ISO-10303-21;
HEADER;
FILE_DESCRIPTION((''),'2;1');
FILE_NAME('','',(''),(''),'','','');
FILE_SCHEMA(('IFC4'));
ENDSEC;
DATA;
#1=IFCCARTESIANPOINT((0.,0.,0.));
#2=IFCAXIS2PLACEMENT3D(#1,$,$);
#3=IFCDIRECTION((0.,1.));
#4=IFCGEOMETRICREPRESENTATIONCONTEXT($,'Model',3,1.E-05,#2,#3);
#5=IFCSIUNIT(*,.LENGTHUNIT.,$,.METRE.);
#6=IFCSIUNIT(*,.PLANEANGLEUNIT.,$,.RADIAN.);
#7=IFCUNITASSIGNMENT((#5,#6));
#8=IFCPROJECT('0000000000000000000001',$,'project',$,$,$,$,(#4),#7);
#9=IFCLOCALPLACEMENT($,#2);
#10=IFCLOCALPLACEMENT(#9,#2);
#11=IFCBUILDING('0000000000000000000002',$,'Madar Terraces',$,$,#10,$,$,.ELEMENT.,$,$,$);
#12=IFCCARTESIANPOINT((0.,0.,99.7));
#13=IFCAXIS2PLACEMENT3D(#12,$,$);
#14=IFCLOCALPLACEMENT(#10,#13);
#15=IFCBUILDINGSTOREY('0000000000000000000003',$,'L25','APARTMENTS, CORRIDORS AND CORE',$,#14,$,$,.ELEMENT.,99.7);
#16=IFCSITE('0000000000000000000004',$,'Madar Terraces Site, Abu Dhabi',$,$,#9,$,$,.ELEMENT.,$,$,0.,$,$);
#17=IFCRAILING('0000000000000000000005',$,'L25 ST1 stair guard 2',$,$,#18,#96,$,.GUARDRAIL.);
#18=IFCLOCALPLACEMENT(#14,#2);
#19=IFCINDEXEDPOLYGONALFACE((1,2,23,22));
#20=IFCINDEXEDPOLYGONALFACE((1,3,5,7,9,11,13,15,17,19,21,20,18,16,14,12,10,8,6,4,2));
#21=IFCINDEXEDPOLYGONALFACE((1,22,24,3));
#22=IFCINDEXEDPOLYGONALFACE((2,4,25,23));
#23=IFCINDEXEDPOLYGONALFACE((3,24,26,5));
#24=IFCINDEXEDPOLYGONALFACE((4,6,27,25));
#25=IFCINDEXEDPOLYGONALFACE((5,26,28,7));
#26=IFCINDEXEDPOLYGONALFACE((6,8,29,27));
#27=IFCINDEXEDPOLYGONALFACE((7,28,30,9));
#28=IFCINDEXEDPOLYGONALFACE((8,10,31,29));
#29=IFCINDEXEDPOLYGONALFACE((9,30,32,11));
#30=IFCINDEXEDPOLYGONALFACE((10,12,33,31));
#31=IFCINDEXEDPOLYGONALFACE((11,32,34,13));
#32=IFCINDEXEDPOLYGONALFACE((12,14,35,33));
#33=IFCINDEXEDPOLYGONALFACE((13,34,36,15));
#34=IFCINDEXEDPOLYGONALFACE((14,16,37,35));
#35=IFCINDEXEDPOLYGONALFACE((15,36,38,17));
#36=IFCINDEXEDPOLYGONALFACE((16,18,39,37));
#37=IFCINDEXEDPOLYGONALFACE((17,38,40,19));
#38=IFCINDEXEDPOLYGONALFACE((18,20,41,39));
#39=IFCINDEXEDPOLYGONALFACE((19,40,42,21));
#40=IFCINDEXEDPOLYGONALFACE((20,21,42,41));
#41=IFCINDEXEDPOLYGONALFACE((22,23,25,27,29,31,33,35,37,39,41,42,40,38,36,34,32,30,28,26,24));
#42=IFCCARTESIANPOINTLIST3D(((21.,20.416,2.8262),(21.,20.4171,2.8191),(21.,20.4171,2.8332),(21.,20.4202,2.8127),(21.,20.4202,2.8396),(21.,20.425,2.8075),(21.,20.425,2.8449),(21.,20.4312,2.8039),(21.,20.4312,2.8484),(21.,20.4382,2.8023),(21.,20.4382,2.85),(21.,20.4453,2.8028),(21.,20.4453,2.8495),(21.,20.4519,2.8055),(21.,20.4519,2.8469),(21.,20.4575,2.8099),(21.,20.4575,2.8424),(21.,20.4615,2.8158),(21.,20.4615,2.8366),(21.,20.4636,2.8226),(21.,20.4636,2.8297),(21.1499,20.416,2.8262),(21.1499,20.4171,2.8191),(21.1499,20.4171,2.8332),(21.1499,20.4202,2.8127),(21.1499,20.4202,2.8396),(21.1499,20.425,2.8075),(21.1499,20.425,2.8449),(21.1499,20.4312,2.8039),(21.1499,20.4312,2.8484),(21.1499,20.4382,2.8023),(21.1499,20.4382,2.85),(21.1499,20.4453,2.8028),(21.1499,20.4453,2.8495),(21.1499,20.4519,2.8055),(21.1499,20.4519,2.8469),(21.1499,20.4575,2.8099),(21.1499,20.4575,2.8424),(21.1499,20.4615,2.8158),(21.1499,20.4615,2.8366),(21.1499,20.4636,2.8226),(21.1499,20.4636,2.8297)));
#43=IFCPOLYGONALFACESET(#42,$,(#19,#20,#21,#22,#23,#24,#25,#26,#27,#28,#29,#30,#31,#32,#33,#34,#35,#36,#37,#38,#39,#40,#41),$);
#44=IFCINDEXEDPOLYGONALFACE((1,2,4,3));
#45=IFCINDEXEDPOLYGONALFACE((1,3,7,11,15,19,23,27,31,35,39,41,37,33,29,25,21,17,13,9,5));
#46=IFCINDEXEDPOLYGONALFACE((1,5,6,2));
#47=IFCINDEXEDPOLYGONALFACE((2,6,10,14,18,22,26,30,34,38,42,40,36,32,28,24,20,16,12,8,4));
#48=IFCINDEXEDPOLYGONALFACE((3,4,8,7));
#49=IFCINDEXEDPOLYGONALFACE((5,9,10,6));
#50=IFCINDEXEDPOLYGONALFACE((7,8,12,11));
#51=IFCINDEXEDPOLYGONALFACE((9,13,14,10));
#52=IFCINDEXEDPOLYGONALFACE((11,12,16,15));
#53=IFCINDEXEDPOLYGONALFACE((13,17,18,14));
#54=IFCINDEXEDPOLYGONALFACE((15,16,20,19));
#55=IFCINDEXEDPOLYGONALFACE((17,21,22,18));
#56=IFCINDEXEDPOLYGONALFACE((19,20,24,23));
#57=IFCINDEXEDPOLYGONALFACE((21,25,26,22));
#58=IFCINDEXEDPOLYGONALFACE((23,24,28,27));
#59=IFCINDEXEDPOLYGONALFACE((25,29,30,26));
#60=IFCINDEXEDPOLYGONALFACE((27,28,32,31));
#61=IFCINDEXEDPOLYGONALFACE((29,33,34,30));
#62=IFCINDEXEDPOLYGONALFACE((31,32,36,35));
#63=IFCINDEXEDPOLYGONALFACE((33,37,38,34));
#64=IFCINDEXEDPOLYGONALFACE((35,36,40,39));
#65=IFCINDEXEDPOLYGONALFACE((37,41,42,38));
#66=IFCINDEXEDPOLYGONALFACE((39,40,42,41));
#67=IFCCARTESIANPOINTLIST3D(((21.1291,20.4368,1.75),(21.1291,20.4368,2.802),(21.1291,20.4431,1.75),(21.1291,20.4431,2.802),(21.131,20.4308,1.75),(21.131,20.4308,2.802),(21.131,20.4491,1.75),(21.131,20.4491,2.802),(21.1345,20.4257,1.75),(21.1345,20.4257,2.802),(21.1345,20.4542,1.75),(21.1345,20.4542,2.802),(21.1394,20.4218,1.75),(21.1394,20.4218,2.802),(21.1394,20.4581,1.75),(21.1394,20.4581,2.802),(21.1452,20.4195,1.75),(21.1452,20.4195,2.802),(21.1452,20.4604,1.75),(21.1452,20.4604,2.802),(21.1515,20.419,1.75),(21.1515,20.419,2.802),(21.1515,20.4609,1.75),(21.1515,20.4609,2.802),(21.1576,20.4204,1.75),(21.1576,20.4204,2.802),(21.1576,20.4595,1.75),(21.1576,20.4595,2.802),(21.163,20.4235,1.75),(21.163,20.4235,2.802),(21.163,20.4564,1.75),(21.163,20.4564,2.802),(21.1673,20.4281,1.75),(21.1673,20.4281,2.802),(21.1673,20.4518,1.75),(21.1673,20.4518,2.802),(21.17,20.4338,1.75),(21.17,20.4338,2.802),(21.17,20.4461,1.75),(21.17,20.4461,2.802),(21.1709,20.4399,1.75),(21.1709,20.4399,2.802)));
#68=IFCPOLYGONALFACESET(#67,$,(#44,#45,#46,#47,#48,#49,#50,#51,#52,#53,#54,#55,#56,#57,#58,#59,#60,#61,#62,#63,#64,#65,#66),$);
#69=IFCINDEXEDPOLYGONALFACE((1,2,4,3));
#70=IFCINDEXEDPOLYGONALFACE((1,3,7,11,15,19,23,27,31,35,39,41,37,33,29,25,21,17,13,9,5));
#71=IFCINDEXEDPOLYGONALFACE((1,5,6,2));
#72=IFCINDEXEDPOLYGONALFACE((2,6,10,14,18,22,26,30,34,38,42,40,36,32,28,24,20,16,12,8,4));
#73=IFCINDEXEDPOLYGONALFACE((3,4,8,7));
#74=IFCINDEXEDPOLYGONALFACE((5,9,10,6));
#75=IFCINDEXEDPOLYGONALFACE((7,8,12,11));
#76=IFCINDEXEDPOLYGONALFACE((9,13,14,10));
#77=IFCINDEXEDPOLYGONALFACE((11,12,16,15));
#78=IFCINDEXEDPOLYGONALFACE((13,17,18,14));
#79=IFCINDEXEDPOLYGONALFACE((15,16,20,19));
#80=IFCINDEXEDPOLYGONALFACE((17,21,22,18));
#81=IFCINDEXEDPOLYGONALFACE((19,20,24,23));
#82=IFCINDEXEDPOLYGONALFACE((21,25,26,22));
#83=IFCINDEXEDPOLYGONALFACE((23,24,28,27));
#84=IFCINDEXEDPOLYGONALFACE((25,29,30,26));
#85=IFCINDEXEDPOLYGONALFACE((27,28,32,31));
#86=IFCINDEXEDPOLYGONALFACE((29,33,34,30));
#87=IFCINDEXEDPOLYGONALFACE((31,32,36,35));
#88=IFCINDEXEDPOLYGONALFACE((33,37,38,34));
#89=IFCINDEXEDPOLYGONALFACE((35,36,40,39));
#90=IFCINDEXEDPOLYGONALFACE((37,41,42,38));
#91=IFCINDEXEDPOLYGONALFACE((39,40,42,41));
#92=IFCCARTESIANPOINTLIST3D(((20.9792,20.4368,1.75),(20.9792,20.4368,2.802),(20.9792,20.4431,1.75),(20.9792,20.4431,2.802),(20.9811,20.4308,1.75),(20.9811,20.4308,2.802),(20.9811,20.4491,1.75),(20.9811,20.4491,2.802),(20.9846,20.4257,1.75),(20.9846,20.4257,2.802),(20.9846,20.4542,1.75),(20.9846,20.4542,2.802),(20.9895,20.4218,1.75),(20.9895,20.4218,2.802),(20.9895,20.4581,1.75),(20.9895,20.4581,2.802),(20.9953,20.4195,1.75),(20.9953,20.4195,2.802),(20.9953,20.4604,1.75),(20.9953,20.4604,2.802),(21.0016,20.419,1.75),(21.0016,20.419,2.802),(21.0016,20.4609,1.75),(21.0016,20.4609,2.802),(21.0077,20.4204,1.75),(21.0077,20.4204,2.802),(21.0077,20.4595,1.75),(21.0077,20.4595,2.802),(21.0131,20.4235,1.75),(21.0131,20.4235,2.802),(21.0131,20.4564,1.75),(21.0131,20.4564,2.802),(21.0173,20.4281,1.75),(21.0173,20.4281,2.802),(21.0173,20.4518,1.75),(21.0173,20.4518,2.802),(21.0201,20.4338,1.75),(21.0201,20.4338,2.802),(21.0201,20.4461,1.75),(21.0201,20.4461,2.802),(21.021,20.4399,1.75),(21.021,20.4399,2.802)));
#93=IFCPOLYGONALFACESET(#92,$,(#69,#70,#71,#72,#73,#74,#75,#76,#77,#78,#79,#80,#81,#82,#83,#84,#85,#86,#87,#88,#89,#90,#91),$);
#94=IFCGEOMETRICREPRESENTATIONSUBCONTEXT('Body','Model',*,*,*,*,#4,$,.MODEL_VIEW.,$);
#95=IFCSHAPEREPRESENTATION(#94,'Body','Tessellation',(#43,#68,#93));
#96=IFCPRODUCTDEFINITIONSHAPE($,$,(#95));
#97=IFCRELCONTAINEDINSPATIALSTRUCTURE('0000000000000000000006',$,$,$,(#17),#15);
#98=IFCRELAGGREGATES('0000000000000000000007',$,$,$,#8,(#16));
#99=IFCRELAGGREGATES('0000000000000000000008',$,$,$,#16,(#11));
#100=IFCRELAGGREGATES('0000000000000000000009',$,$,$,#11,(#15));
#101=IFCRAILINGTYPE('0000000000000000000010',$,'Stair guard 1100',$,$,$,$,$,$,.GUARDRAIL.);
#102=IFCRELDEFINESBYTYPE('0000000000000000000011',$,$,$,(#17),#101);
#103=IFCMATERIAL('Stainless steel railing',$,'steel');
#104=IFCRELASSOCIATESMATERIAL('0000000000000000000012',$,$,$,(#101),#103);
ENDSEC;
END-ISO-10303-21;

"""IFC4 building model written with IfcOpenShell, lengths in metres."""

from ifc_helpers import new_model, si_unit, direction, frame, origin, origin_2d, place, context, subcontext, project, spatial, circle, extrude, material, type_object, element, save


model = new_model("IFC4")

# Units and contexts
model_context = context("Model", 3, precision=1e-05, world=origin(), true_north=direction((0.0, 1.0)))
body_context = subcontext(model_context, "Body", "Model", "MODEL_VIEW")
ifc_project = project(units=[si_unit("LENGTHUNIT", "METRE"), si_unit("PLANEANGLEUNIT", "RADIAN")], contexts=[model_context])

# Site, building, storey
site_placement = place(None, origin())
site = spatial("IfcSite", under=ifc_project, at=site_placement, Name="Madar Terraces Site, Abu Dhabi", CompositionType="ELEMENT", RefElevation=0.0)
building_placement = place(site_placement, origin())
building = spatial("IfcBuilding", under=site, at=building_placement, Name="Madar Terraces", CompositionType="ELEMENT")
storey_placement = place(building_placement, frame((0.0, 0.0, 99.7)))
storey = spatial("IfcBuildingStorey", under=building, at=storey_placement, Name="L25", Description="APARTMENTS, CORRIDORS AND CORE", CompositionType="ELEMENT", Elevation=99.7)

# Railing
ifc_material_1 = material(Name="Stainless steel railing", Category="steel")
railing_type_1 = type_object("IfcRailingType", Name="Stair guard 1100", PredefinedType="GUARDRAIL", material=ifc_material_1)
railing_1_placement = place(storey_placement, frame((21.1499, 20.4399, 1.75)))
element("IfcRailing", 1, at=railing_1_placement, inside=storey, type_object=railing_type_1, Name="L25 ST1 stair guard 2", PredefinedType="GUARDRAIL", context=body_context, shape_type="SweptSolid", body=[
    extrude(circle(Radius=0.0239, at=origin_2d()), frame((0.0, 0.0, 1.0762), z_axis=(-1.0, 0.0, 0.0), x_axis=(0.0, -1.0, 0.0)), (0.0, 0.0, 1.0), 0.1499),
    extrude(circle(Radius=0.021, at=origin_2d()), origin(), (0.0, 0.0, 1.0), 1.052),
    extrude(circle(Radius=0.021, at=origin_2d()), frame((-0.1499, 0.0, 0.0)), (0.0, 0.0, 1.0), 1.052),
])

save(model, "model.ifc")
